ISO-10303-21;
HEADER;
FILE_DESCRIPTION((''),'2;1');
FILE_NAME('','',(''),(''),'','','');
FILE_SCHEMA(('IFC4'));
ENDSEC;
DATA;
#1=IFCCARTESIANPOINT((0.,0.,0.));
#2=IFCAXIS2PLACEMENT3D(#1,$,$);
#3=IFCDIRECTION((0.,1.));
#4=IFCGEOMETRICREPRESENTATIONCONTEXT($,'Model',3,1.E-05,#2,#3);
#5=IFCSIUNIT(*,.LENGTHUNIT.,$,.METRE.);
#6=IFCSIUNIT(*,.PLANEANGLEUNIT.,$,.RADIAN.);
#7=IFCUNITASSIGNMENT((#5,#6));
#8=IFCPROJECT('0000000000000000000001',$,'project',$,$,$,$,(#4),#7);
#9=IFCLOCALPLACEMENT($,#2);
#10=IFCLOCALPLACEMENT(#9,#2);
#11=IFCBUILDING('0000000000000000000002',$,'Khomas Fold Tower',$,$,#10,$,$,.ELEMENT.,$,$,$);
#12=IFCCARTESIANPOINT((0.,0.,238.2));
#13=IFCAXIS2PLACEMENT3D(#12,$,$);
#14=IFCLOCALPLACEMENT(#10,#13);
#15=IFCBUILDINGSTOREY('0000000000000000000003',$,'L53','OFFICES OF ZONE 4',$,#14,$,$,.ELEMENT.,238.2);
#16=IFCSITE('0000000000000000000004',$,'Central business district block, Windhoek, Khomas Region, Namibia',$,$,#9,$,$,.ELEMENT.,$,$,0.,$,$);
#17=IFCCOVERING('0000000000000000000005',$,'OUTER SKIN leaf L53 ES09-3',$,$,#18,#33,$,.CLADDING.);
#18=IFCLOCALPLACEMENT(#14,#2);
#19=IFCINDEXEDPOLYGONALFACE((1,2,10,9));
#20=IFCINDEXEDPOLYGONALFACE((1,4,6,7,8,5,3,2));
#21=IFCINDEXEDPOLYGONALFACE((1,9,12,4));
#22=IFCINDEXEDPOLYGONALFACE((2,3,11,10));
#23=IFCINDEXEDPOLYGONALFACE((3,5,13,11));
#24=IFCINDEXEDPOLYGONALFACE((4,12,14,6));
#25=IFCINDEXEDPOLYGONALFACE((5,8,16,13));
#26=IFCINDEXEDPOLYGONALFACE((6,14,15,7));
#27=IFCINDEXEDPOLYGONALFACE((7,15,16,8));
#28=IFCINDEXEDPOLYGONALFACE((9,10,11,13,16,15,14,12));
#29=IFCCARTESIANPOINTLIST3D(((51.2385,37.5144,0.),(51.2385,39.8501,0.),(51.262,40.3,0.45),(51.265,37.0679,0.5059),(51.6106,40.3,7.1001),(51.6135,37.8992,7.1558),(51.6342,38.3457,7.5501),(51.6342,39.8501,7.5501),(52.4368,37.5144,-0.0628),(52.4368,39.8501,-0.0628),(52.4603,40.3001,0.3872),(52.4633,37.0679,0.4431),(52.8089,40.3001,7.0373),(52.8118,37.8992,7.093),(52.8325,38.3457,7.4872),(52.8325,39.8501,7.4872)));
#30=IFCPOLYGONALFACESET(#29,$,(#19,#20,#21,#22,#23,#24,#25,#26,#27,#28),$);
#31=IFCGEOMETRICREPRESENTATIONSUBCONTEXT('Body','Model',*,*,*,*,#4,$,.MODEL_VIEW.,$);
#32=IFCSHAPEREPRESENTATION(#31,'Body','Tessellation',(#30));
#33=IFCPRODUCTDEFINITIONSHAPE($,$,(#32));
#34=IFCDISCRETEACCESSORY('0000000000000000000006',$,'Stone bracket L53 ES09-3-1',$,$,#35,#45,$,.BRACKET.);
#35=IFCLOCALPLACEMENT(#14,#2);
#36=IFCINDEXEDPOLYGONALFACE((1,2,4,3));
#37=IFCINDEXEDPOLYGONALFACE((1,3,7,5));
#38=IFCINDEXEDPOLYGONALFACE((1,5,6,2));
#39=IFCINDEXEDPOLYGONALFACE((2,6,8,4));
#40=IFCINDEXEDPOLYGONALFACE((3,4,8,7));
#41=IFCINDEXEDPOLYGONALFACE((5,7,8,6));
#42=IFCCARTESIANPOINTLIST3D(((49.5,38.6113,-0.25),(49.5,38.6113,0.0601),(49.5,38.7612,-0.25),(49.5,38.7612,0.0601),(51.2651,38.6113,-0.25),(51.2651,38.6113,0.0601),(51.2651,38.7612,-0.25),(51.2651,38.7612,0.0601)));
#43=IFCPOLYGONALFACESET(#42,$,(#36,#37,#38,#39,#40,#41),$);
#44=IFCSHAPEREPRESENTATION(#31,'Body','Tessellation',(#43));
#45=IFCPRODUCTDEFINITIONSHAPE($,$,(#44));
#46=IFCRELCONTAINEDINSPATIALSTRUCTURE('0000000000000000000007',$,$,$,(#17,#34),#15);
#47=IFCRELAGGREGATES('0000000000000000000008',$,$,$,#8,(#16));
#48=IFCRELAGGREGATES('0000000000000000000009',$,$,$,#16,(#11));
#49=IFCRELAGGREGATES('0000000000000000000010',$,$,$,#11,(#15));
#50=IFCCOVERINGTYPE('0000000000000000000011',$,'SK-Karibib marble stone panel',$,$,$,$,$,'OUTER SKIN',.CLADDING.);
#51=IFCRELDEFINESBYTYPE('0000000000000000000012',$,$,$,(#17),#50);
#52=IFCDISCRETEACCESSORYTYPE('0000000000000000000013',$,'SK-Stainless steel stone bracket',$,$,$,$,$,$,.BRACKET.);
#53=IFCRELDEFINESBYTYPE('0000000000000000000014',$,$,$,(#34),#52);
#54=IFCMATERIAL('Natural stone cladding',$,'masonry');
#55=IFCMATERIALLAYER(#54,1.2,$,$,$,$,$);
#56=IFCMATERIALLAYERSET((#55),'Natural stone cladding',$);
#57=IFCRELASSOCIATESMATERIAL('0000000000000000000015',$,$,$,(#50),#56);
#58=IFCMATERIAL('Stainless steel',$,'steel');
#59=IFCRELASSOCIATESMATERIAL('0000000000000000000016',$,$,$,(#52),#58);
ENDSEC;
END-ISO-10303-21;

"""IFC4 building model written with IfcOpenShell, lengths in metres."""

from ifc_helpers import new_model, si_unit, direction, frame, origin, origin_2d, place, context, subcontext, project, spatial, polyline, rectangle, outline, extrude, source, transform, mapped, material, layer, layer_set, type_object, element, save


model = new_model("IFC4")

# Units and contexts
model_context = context("Model", 3, precision=1e-05, world=origin(), true_north=direction((0.0, 1.0)))
body_context = subcontext(model_context, "Body", "Model", "MODEL_VIEW")
ifc_project = project(units=[si_unit("LENGTHUNIT", "METRE"), si_unit("PLANEANGLEUNIT", "RADIAN")], contexts=[model_context])

# Site, building, storey
site_placement = place(None, origin())
site = spatial("IfcSite", under=ifc_project, at=site_placement, Name="Central business district block, Windhoek, Khomas Region, Namibia", CompositionType="ELEMENT", RefElevation=0.0)
building_placement = place(site_placement, origin())
building = spatial("IfcBuilding", under=site, at=building_placement, Name="Khomas Fold Tower", CompositionType="ELEMENT")
storey_placement = place(building_placement, frame((0.0, 0.0, 238.2)))
storey = spatial("IfcBuildingStorey", under=building, at=storey_placement, Name="L53", Description="OFFICES OF ZONE 4", CompositionType="ELEMENT", Elevation=238.2)

# Covering
ifc_material_1 = material(Name="Natural stone cladding", Category="masonry")
ifc_layer_1 = layer(ifc_material_1, 1.2)
ifc_layer_set_1 = layer_set([ifc_layer_1], Name="Natural stone cladding")
covering_type = type_object("IfcCoveringType", Name="SK-Karibib marble stone panel", ElementType="OUTER SKIN", PredefinedType="CLADDING", material=ifc_layer_set_1)
covering_1_placement = place(storey_placement, frame((51.6106, 40.3, 7.1001), z_axis=(-0.998629, -0.000002, 0.052342), x_axis=(-0.052342, 0.0, -0.998629)))
element("IfcCovering", 1, at=covering_1_placement, inside=storey, type_object=covering_type, Name="OUTER SKIN leaf L53 ES09-3", PredefinedType="CLADDING", context=body_context, shape_type="SweptSolid", body=[
    extrude(outline(polyline([(0.0, 0.0), (6.6593, 0.0), (7.1098, 0.45), (7.1098, 2.7856), (6.6033, 3.2322), (-0.0557, 2.4009), (-0.4506, 1.9543), (-0.4506, 0.45), (0.0, 0.0)])), origin(), (0.0, 0.0, -1.0), 1.2),
])

# Discrete accessory
ifc_material_2 = material(Name="Stainless steel", Category="steel")
discrete_accessory_type = type_object("IfcDiscreteAccessoryType", Name="SK-Stainless steel stone bracket", PredefinedType="BRACKET", material=ifc_material_2)
shared_shape_1 = source(origin(), body_context, "Body", "SweptSolid", [
    extrude(rectangle(XDim=1.7651, YDim=0.1499, at=origin_2d()), origin(), (0.0, 0.0, 1.0), 0.3101),
])
discrete_accessory_placement = place(storey_placement, frame((50.3826, 38.6863, -0.25), z_axis=(0.0, 0.0, 1.0), x_axis=(1.0, 0.0, 0.0)))
element("IfcDiscreteAccessory", 2, at=discrete_accessory_placement, inside=storey, type_object=discrete_accessory_type, Name="Stone bracket L53 ES09-3-1", PredefinedType="BRACKET", context=body_context, shape_type="MappedRepresentation", body=[
    mapped(shared_shape_1, transform((0.0, 0.0, 0.0))),
])

save(model, "model.ifc")
